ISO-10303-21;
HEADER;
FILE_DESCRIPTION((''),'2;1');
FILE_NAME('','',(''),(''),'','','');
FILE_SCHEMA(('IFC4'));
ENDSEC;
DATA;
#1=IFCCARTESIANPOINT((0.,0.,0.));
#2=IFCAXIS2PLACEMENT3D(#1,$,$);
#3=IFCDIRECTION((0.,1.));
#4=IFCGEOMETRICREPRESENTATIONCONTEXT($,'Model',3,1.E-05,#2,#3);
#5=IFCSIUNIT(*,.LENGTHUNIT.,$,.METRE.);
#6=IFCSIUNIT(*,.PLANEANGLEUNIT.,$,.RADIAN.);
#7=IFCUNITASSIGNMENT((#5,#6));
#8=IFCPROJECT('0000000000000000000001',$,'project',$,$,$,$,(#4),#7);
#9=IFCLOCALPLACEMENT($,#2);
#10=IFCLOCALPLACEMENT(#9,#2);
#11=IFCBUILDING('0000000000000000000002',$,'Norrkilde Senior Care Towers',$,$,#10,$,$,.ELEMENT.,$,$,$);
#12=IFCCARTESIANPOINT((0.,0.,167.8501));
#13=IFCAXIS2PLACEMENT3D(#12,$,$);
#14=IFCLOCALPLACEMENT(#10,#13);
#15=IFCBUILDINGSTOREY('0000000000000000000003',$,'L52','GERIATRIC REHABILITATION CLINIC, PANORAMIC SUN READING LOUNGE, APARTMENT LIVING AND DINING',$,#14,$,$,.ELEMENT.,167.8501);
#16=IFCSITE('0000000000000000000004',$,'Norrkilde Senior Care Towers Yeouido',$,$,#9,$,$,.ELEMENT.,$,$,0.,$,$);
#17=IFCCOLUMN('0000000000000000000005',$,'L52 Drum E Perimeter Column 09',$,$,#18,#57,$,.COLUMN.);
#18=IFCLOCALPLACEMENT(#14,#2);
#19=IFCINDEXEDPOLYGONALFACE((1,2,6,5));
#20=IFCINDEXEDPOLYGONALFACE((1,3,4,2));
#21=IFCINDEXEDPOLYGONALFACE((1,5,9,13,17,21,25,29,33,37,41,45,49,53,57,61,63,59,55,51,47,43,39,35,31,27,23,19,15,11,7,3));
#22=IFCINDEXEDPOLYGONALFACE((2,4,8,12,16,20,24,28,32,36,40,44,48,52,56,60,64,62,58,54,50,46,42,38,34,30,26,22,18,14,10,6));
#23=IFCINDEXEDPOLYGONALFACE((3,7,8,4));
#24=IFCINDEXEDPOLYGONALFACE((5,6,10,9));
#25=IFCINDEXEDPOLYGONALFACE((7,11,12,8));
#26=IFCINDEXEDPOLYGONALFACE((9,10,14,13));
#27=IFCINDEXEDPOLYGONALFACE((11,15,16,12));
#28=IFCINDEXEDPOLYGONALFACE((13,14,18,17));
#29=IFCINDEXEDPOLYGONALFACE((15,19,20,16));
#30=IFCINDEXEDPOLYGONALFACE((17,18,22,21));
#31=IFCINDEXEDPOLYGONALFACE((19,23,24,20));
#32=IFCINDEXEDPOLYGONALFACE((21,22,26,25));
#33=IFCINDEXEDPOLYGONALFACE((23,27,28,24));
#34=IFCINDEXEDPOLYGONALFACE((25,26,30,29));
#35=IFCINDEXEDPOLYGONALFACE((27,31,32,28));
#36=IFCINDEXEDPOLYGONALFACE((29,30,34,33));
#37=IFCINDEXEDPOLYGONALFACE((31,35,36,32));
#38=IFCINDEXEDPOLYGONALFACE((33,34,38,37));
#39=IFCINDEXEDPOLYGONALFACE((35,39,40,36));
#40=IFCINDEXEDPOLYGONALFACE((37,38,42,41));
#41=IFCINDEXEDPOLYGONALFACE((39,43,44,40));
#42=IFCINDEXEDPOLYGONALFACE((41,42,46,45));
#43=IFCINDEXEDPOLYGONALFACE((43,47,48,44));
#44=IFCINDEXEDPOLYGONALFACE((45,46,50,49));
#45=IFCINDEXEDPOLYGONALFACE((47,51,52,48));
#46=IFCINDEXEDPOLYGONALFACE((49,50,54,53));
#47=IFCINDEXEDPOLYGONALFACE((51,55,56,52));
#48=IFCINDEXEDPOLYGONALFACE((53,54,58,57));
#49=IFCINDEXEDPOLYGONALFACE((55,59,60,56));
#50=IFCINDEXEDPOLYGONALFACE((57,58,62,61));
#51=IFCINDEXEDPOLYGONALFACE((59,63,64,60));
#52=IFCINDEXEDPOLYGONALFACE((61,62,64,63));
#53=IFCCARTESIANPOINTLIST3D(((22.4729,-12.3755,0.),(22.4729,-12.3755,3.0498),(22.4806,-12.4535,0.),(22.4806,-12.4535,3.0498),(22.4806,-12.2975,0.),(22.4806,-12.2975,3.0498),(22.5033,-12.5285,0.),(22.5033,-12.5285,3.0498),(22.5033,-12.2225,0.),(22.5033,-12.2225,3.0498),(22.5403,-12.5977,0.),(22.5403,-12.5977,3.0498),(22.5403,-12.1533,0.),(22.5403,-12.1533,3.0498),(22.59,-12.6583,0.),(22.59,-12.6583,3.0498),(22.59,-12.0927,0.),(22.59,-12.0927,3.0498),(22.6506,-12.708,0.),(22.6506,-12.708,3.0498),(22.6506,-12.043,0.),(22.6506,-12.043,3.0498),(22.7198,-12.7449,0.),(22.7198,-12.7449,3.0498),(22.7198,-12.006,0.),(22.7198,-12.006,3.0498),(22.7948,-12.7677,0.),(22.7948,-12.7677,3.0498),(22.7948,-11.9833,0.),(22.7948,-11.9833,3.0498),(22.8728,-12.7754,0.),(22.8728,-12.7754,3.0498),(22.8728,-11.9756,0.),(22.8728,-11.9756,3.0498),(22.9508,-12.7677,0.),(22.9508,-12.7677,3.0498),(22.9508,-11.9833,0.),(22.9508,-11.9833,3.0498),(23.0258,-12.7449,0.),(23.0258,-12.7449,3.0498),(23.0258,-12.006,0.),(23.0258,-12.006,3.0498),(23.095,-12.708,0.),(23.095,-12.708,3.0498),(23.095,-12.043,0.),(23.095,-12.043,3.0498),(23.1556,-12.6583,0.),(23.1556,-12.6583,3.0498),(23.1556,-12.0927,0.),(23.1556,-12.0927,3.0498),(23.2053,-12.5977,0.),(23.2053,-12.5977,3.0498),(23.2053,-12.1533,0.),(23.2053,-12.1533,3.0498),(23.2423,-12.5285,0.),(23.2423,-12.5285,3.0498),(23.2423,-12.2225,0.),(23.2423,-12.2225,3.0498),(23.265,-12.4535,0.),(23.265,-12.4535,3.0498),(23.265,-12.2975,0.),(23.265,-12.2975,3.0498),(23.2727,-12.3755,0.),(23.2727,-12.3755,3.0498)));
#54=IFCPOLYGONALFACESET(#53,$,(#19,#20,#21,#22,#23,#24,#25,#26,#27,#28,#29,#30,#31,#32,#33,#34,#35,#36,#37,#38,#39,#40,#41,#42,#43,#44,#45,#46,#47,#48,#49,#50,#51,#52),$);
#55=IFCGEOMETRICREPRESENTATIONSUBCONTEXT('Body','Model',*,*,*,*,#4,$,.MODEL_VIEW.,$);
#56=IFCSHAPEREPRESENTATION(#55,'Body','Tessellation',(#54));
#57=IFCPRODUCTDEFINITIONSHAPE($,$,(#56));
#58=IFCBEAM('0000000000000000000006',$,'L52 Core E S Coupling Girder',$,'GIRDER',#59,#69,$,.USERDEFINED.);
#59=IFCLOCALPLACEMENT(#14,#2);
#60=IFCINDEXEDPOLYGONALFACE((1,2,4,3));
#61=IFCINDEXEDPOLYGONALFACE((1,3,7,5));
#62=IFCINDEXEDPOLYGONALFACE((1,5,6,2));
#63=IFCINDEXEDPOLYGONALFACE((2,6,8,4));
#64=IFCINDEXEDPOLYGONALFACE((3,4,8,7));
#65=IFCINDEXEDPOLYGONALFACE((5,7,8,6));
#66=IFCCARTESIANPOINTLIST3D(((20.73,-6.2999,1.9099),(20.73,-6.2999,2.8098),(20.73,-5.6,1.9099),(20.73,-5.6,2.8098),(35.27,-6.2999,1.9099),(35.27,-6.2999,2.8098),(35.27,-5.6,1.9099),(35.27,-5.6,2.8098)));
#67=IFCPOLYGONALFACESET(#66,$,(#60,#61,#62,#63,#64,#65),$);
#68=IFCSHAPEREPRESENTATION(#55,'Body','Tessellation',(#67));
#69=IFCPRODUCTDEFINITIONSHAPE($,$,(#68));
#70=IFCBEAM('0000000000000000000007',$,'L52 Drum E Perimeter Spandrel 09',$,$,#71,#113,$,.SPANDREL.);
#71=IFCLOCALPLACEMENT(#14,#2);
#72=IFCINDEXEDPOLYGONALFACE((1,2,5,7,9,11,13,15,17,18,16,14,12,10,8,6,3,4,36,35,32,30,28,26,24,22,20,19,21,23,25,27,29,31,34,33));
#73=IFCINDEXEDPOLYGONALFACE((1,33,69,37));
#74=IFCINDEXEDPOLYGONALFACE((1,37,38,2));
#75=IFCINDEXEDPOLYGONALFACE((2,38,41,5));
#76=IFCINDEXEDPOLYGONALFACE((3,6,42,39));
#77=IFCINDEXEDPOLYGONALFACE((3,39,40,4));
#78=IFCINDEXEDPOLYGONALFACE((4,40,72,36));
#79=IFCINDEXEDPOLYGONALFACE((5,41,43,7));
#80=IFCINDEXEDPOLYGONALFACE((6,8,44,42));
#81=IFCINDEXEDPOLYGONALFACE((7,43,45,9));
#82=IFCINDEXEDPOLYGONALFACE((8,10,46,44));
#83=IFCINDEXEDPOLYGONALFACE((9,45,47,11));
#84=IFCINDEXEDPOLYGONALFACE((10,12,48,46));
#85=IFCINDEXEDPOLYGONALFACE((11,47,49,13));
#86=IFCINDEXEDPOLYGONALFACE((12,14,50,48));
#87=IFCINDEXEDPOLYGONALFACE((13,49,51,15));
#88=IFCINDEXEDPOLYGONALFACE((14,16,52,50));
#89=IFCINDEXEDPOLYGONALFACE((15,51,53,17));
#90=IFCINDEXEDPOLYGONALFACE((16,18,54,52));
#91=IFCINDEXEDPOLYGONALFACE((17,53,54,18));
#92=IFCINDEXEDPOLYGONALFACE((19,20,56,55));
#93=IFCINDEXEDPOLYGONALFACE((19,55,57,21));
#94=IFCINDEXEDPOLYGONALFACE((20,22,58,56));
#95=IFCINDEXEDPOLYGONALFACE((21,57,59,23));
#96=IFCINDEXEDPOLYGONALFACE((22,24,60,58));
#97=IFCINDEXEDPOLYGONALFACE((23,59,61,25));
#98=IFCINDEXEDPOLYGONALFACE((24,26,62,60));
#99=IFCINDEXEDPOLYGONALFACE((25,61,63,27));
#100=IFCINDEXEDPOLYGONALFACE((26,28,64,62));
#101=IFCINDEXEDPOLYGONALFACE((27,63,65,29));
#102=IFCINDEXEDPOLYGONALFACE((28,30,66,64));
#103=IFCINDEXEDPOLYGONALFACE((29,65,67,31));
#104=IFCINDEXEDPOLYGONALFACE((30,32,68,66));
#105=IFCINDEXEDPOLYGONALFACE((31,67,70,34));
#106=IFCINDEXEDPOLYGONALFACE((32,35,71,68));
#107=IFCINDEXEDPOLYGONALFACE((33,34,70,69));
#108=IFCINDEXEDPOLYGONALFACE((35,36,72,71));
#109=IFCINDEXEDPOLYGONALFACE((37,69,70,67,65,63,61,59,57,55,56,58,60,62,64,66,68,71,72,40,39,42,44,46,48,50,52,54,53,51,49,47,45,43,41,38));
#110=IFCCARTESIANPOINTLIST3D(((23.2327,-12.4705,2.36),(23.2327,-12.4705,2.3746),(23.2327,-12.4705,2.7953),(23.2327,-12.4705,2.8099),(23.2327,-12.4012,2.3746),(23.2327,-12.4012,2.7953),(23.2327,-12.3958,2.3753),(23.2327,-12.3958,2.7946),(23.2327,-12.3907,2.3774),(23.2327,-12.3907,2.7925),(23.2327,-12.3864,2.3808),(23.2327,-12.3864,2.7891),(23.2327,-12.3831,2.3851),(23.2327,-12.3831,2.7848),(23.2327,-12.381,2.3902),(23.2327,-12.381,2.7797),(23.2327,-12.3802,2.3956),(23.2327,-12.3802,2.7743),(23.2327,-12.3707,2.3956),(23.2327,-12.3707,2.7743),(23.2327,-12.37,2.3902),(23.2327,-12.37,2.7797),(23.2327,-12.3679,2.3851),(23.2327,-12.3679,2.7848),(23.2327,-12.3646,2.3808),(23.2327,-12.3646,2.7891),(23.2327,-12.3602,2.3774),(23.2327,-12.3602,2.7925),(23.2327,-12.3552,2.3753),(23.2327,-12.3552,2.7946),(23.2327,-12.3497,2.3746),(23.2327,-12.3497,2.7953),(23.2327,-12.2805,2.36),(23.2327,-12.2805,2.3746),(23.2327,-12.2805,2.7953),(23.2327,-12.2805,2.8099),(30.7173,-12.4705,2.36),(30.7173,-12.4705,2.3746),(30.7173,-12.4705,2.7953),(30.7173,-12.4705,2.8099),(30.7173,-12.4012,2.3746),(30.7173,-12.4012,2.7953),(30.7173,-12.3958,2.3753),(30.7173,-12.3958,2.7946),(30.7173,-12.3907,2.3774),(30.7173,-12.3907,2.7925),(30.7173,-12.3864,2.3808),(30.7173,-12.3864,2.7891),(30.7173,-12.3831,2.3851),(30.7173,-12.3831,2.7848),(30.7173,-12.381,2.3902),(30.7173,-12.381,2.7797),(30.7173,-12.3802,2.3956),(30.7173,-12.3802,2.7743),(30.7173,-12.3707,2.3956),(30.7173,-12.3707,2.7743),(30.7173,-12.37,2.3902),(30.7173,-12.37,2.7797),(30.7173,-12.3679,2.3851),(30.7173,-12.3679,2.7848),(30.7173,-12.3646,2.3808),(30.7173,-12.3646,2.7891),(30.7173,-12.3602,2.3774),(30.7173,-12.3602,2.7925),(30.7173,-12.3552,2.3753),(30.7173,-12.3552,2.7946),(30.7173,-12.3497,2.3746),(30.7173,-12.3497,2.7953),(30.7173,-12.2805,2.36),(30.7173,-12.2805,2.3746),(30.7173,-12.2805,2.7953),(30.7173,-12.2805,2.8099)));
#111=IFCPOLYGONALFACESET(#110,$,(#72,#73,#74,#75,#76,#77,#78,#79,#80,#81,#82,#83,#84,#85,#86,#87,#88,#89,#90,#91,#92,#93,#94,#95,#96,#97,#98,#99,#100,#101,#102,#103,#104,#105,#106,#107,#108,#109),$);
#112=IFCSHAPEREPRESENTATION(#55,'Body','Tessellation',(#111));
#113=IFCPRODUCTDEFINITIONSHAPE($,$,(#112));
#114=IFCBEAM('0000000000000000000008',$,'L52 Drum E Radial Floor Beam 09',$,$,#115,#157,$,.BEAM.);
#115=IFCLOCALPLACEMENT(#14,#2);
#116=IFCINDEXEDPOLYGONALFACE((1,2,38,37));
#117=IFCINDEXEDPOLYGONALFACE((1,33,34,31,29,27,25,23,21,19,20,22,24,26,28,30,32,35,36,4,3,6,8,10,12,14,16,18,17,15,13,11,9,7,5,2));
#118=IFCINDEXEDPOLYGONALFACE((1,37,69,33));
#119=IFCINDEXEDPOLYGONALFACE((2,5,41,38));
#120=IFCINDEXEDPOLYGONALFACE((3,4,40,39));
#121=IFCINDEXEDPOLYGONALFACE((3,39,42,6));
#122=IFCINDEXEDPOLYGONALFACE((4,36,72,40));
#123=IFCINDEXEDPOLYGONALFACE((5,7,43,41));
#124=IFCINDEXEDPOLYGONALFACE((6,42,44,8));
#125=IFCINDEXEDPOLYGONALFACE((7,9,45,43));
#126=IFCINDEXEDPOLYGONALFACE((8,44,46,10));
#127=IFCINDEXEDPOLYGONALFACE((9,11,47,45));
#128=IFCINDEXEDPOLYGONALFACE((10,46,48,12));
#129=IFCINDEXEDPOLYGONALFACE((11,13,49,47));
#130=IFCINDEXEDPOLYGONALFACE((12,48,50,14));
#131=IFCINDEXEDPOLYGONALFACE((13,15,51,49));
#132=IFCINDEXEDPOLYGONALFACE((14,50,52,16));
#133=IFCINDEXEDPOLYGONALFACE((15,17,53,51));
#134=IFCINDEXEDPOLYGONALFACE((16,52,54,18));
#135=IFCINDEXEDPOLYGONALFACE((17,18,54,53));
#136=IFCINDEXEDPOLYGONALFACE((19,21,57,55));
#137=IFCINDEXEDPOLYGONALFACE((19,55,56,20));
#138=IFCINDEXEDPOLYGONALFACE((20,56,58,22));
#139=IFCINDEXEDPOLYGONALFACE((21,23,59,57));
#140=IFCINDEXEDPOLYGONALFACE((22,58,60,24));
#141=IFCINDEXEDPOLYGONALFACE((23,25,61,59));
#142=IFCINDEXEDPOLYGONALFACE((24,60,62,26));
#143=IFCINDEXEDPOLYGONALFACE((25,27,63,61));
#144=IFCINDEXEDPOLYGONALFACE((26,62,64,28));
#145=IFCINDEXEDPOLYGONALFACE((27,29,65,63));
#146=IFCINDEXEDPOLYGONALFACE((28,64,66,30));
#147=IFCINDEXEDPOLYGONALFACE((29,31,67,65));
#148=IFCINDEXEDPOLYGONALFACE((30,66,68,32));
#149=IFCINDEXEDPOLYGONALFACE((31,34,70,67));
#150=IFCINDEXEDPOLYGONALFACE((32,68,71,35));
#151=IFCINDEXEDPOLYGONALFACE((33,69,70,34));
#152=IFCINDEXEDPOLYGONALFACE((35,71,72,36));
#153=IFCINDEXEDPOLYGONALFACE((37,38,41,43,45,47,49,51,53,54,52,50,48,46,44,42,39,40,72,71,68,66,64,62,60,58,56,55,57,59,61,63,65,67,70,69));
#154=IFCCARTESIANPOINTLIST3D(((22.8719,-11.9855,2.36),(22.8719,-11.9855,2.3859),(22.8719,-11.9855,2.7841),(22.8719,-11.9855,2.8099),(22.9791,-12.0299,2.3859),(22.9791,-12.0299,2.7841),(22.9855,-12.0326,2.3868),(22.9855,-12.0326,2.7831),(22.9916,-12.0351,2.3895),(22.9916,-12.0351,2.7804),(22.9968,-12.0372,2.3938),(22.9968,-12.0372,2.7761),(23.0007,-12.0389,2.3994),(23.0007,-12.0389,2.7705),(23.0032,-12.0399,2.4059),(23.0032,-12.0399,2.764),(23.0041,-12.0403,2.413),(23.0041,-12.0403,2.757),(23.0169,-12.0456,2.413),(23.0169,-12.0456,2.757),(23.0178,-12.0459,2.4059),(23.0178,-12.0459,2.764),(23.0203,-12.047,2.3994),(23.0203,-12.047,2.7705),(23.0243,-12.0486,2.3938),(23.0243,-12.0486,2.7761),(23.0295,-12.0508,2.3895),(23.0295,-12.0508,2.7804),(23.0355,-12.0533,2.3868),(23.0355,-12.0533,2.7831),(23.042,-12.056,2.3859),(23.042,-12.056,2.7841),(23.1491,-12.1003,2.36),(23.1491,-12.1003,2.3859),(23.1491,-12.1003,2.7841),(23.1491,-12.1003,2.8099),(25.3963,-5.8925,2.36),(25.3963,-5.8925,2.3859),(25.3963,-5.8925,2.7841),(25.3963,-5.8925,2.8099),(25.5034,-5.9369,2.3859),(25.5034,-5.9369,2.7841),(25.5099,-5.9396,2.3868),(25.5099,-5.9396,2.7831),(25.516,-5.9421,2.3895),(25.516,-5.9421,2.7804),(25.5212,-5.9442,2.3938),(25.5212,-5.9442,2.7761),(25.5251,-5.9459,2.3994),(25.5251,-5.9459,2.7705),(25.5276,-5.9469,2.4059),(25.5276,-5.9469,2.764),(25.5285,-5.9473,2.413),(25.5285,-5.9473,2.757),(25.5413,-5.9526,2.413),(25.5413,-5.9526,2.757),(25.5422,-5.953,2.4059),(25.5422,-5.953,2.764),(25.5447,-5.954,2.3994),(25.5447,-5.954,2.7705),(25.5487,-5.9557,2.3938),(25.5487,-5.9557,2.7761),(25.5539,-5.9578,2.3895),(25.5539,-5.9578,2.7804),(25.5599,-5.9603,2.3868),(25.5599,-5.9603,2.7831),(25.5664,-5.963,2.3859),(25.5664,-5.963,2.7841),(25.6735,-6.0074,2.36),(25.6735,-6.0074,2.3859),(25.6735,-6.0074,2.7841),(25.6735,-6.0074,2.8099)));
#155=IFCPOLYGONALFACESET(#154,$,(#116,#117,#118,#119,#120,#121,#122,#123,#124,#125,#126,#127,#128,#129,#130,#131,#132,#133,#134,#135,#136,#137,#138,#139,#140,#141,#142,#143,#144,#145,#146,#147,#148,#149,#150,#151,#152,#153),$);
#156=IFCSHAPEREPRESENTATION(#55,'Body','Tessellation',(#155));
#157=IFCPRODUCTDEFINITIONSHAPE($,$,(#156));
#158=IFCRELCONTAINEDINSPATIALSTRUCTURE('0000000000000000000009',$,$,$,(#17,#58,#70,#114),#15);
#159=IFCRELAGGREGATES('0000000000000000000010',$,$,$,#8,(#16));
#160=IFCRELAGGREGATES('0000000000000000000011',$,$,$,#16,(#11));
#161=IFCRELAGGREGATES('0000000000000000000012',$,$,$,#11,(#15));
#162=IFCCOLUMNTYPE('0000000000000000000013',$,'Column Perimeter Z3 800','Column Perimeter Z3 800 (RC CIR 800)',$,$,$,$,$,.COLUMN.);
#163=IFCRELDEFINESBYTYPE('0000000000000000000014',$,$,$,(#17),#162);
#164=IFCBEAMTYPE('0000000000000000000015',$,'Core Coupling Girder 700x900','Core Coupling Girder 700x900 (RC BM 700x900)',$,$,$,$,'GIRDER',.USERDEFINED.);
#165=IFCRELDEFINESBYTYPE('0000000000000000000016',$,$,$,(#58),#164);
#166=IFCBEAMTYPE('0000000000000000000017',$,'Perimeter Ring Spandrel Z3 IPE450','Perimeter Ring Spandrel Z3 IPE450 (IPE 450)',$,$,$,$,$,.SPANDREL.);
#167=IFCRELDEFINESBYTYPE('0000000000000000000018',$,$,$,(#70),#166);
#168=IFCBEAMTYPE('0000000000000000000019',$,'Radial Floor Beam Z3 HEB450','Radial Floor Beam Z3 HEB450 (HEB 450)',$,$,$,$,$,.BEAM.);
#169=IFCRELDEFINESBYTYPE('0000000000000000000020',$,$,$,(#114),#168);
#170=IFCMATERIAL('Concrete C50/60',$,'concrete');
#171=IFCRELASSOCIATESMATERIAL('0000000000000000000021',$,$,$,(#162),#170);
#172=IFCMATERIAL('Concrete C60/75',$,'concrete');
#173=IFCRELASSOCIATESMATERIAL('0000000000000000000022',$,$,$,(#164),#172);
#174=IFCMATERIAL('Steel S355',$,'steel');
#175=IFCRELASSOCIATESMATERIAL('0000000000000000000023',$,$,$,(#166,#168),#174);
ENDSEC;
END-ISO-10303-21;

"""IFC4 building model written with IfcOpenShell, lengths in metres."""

from ifc_helpers import new_model, si_unit, direction, frame, origin, origin_2d, place, context, subcontext, project, spatial, rectangle, circle, i_section, extrude, source, transform, mapped, material, material_profile, profile_set, type_object, type_shapes, element, save


model = new_model("IFC4")

# Units and contexts
model_context = context("Model", 3, precision=1e-05, world=origin(), true_north=direction((0.0, 1.0)))
body_context = subcontext(model_context, "Body", "Model", "MODEL_VIEW")
ifc_project = project(units=[si_unit("LENGTHUNIT", "METRE"), si_unit("PLANEANGLEUNIT", "RADIAN")], contexts=[model_context])

# Site, building, storey
site_placement = place(None, origin())
site = spatial("IfcSite", under=ifc_project, at=site_placement, Name="Norrkilde Senior Care Towers Yeouido", CompositionType="ELEMENT", RefElevation=0.0)
building_placement = place(site_placement, origin())
building = spatial("IfcBuilding", under=site, at=building_placement, Name="Norrkilde Senior Care Towers", CompositionType="ELEMENT")
storey_placement = place(building_placement, frame((0.0, 0.0, 167.8501)))
storey = spatial("IfcBuildingStorey", under=building, at=storey_placement, Name="L52", Description="GERIATRIC REHABILITATION CLINIC, PANORAMIC SUN READING LOUNGE, APARTMENT LIVING AND DINING", CompositionType="ELEMENT", Elevation=167.8501)

# Column
ifc_material_1 = material(Name="Concrete C50/60", Category="concrete")
ifc_material_profile_1 = material_profile(ifc_material_1, circle(Radius=0.3999, at=origin_2d()), Name="RC CIR 800")
ifc_profile_set_1 = profile_set([ifc_material_profile_1], Name="Concrete C50/60")
column_type = type_object("IfcColumnType", Name="Column Perimeter Z3 800", Description="Column Perimeter Z3 800 (RC CIR 800)", PredefinedType="COLUMN", material=ifc_profile_set_1)
shared_shape_1 = source(origin(), body_context, "Body", "SweptSolid", [
    extrude(circle(Radius=0.3999, at=origin_2d()), origin(), (0.0, 0.0, 1.0), 3.0498),
])
type_shapes(column_type, [shared_shape_1])
column_placement = place(storey_placement, frame((22.8728, -12.3755, 0.0), z_axis=(0.0, 0.0, 1.0), x_axis=(1.0, 0.0, 0.0)))
element("IfcColumn", 1, at=column_placement, inside=storey, type_object=column_type, Name="L52 Drum E Perimeter Column 09", PredefinedType="COLUMN", context=body_context, shape_type="MappedRepresentation", body=[
    mapped(shared_shape_1, transform((0.0, 0.0, 0.0), x_axis=(1.0, 0.0, 0.0), y_axis=(0.0, 1.0, 0.0), z_axis=(0.0, 0.0, 1.0), scale=1.0)),
])

# Beams
ifc_material_2 = material(Name="Concrete C60/75", Category="concrete")
ifc_material_profile_2 = material_profile(ifc_material_2, rectangle(XDim=0.7, YDim=0.8999, at=origin_2d()), Name="RC BM 700x900")
ifc_profile_set_2 = profile_set([ifc_material_profile_2], Name="Concrete C60/75")
beam_type_1 = type_object("IfcBeamType", Name="Core Coupling Girder 700x900", Description="Core Coupling Girder 700x900 (RC BM 700x900)", ElementType="GIRDER", PredefinedType="USERDEFINED", material=ifc_profile_set_2)
shared_shape_2 = source(origin(), body_context, "Body", "SweptSolid", [
    extrude(rectangle(XDim=0.7, YDim=0.8999, at=origin_2d()), origin(), (0.0, 0.0, 1.0), 14.54),
])
type_shapes(beam_type_1, [shared_shape_2])
beam_1_placement = place(storey_placement, frame((20.73, -5.95, 2.3599), z_axis=(1.0, 0.0, 0.0), x_axis=(0.0, 1.0, 0.0)))
element("IfcBeam", 2, at=beam_1_placement, inside=storey, type_object=beam_type_1, Name="L52 Core E S Coupling Girder", ObjectType="GIRDER", PredefinedType="USERDEFINED", context=body_context, shape_type="MappedRepresentation", body=[
    mapped(shared_shape_2, transform((0.0, 0.0, 0.0), x_axis=(1.0, 0.0, 0.0), y_axis=(0.0, 1.0, 0.0), z_axis=(0.0, 0.0, 1.0), scale=1.0)),
])
ifc_material_3 = material(Name="Steel S355", Category="steel")
ifc_material_profile_3 = material_profile(ifc_material_3, i_section(OverallWidth=0.1899, OverallDepth=0.45, WebThickness=0.0095, FlangeThickness=0.0146, FilletRadius=0.021, at=origin_2d()), Name="IPE 450")
ifc_profile_set_3 = profile_set([ifc_material_profile_3], Name="Steel S355")
beam_type_2 = type_object("IfcBeamType", Name="Perimeter Ring Spandrel Z3 IPE450", Description="Perimeter Ring Spandrel Z3 IPE450 (IPE 450)", PredefinedType="SPANDREL", material=ifc_profile_set_3)
shared_shape_3 = source(origin(), body_context, "Body", "SweptSolid", [
    extrude(i_section(OverallWidth=0.1899, OverallDepth=0.45, WebThickness=0.0095, FlangeThickness=0.0146, FilletRadius=0.021, at=origin_2d()), origin(), (0.0, 0.0, 1.0), 7.4846),
])
type_shapes(beam_type_2, [shared_shape_3])
beam_2_placement = place(storey_placement, frame((23.2327, -12.3755, 2.585), z_axis=(1.0, 0.0, 0.0), x_axis=(0.0, 1.0, 0.0)))
element("IfcBeam", 3, at=beam_2_placement, inside=storey, type_object=beam_type_2, Name="L52 Drum E Perimeter Spandrel 09", PredefinedType="SPANDREL", context=body_context, shape_type="MappedRepresentation", body=[
    mapped(shared_shape_3, transform((0.0, 0.0, 0.0), x_axis=(1.0, 0.0, 0.0), y_axis=(0.0, 1.0, 0.0), z_axis=(0.0, 0.0, 1.0), scale=1.0)),
])
ifc_material_profile_4 = material_profile(ifc_material_3, i_section(OverallWidth=0.3, OverallDepth=0.45, WebThickness=0.0139, FlangeThickness=0.0259, FilletRadius=0.0271, at=origin_2d()), Name="HEB 450")
ifc_profile_set_4 = profile_set([ifc_material_profile_4], Name="Steel S355")
beam_type_3 = type_object("IfcBeamType", Name="Radial Floor Beam Z3 HEB450", Description="Radial Floor Beam Z3 HEB450 (HEB 450)", PredefinedType="BEAM", material=ifc_profile_set_4)
shared_shape_4 = source(origin(), body_context, "Body", "SweptSolid", [
    extrude(i_section(OverallWidth=0.3, OverallDepth=0.45, WebThickness=0.0139, FlangeThickness=0.0259, FilletRadius=0.0271, at=origin_2d()), origin(), (0.0, 0.0, 1.0), 6.5952),
])
beam_3_placement = place(storey_placement, frame((25.5349, -5.95, 2.585), z_axis=(-0.382762, -0.923847, 0.0), x_axis=(0.923847, -0.382762, 0.0)))
element("IfcBeam", 4, at=beam_3_placement, inside=storey, type_object=beam_type_3, Name="L52 Drum E Radial Floor Beam 09", PredefinedType="BEAM", context=body_context, shape_type="MappedRepresentation", body=[
    mapped(shared_shape_4, transform((0.0, 0.0, 0.0), x_axis=(1.0, 0.0, 0.0), y_axis=(0.0, 1.0, 0.0), z_axis=(0.0, 0.0, 1.0), scale=1.0)),
])

save(model, "model.ifc")
